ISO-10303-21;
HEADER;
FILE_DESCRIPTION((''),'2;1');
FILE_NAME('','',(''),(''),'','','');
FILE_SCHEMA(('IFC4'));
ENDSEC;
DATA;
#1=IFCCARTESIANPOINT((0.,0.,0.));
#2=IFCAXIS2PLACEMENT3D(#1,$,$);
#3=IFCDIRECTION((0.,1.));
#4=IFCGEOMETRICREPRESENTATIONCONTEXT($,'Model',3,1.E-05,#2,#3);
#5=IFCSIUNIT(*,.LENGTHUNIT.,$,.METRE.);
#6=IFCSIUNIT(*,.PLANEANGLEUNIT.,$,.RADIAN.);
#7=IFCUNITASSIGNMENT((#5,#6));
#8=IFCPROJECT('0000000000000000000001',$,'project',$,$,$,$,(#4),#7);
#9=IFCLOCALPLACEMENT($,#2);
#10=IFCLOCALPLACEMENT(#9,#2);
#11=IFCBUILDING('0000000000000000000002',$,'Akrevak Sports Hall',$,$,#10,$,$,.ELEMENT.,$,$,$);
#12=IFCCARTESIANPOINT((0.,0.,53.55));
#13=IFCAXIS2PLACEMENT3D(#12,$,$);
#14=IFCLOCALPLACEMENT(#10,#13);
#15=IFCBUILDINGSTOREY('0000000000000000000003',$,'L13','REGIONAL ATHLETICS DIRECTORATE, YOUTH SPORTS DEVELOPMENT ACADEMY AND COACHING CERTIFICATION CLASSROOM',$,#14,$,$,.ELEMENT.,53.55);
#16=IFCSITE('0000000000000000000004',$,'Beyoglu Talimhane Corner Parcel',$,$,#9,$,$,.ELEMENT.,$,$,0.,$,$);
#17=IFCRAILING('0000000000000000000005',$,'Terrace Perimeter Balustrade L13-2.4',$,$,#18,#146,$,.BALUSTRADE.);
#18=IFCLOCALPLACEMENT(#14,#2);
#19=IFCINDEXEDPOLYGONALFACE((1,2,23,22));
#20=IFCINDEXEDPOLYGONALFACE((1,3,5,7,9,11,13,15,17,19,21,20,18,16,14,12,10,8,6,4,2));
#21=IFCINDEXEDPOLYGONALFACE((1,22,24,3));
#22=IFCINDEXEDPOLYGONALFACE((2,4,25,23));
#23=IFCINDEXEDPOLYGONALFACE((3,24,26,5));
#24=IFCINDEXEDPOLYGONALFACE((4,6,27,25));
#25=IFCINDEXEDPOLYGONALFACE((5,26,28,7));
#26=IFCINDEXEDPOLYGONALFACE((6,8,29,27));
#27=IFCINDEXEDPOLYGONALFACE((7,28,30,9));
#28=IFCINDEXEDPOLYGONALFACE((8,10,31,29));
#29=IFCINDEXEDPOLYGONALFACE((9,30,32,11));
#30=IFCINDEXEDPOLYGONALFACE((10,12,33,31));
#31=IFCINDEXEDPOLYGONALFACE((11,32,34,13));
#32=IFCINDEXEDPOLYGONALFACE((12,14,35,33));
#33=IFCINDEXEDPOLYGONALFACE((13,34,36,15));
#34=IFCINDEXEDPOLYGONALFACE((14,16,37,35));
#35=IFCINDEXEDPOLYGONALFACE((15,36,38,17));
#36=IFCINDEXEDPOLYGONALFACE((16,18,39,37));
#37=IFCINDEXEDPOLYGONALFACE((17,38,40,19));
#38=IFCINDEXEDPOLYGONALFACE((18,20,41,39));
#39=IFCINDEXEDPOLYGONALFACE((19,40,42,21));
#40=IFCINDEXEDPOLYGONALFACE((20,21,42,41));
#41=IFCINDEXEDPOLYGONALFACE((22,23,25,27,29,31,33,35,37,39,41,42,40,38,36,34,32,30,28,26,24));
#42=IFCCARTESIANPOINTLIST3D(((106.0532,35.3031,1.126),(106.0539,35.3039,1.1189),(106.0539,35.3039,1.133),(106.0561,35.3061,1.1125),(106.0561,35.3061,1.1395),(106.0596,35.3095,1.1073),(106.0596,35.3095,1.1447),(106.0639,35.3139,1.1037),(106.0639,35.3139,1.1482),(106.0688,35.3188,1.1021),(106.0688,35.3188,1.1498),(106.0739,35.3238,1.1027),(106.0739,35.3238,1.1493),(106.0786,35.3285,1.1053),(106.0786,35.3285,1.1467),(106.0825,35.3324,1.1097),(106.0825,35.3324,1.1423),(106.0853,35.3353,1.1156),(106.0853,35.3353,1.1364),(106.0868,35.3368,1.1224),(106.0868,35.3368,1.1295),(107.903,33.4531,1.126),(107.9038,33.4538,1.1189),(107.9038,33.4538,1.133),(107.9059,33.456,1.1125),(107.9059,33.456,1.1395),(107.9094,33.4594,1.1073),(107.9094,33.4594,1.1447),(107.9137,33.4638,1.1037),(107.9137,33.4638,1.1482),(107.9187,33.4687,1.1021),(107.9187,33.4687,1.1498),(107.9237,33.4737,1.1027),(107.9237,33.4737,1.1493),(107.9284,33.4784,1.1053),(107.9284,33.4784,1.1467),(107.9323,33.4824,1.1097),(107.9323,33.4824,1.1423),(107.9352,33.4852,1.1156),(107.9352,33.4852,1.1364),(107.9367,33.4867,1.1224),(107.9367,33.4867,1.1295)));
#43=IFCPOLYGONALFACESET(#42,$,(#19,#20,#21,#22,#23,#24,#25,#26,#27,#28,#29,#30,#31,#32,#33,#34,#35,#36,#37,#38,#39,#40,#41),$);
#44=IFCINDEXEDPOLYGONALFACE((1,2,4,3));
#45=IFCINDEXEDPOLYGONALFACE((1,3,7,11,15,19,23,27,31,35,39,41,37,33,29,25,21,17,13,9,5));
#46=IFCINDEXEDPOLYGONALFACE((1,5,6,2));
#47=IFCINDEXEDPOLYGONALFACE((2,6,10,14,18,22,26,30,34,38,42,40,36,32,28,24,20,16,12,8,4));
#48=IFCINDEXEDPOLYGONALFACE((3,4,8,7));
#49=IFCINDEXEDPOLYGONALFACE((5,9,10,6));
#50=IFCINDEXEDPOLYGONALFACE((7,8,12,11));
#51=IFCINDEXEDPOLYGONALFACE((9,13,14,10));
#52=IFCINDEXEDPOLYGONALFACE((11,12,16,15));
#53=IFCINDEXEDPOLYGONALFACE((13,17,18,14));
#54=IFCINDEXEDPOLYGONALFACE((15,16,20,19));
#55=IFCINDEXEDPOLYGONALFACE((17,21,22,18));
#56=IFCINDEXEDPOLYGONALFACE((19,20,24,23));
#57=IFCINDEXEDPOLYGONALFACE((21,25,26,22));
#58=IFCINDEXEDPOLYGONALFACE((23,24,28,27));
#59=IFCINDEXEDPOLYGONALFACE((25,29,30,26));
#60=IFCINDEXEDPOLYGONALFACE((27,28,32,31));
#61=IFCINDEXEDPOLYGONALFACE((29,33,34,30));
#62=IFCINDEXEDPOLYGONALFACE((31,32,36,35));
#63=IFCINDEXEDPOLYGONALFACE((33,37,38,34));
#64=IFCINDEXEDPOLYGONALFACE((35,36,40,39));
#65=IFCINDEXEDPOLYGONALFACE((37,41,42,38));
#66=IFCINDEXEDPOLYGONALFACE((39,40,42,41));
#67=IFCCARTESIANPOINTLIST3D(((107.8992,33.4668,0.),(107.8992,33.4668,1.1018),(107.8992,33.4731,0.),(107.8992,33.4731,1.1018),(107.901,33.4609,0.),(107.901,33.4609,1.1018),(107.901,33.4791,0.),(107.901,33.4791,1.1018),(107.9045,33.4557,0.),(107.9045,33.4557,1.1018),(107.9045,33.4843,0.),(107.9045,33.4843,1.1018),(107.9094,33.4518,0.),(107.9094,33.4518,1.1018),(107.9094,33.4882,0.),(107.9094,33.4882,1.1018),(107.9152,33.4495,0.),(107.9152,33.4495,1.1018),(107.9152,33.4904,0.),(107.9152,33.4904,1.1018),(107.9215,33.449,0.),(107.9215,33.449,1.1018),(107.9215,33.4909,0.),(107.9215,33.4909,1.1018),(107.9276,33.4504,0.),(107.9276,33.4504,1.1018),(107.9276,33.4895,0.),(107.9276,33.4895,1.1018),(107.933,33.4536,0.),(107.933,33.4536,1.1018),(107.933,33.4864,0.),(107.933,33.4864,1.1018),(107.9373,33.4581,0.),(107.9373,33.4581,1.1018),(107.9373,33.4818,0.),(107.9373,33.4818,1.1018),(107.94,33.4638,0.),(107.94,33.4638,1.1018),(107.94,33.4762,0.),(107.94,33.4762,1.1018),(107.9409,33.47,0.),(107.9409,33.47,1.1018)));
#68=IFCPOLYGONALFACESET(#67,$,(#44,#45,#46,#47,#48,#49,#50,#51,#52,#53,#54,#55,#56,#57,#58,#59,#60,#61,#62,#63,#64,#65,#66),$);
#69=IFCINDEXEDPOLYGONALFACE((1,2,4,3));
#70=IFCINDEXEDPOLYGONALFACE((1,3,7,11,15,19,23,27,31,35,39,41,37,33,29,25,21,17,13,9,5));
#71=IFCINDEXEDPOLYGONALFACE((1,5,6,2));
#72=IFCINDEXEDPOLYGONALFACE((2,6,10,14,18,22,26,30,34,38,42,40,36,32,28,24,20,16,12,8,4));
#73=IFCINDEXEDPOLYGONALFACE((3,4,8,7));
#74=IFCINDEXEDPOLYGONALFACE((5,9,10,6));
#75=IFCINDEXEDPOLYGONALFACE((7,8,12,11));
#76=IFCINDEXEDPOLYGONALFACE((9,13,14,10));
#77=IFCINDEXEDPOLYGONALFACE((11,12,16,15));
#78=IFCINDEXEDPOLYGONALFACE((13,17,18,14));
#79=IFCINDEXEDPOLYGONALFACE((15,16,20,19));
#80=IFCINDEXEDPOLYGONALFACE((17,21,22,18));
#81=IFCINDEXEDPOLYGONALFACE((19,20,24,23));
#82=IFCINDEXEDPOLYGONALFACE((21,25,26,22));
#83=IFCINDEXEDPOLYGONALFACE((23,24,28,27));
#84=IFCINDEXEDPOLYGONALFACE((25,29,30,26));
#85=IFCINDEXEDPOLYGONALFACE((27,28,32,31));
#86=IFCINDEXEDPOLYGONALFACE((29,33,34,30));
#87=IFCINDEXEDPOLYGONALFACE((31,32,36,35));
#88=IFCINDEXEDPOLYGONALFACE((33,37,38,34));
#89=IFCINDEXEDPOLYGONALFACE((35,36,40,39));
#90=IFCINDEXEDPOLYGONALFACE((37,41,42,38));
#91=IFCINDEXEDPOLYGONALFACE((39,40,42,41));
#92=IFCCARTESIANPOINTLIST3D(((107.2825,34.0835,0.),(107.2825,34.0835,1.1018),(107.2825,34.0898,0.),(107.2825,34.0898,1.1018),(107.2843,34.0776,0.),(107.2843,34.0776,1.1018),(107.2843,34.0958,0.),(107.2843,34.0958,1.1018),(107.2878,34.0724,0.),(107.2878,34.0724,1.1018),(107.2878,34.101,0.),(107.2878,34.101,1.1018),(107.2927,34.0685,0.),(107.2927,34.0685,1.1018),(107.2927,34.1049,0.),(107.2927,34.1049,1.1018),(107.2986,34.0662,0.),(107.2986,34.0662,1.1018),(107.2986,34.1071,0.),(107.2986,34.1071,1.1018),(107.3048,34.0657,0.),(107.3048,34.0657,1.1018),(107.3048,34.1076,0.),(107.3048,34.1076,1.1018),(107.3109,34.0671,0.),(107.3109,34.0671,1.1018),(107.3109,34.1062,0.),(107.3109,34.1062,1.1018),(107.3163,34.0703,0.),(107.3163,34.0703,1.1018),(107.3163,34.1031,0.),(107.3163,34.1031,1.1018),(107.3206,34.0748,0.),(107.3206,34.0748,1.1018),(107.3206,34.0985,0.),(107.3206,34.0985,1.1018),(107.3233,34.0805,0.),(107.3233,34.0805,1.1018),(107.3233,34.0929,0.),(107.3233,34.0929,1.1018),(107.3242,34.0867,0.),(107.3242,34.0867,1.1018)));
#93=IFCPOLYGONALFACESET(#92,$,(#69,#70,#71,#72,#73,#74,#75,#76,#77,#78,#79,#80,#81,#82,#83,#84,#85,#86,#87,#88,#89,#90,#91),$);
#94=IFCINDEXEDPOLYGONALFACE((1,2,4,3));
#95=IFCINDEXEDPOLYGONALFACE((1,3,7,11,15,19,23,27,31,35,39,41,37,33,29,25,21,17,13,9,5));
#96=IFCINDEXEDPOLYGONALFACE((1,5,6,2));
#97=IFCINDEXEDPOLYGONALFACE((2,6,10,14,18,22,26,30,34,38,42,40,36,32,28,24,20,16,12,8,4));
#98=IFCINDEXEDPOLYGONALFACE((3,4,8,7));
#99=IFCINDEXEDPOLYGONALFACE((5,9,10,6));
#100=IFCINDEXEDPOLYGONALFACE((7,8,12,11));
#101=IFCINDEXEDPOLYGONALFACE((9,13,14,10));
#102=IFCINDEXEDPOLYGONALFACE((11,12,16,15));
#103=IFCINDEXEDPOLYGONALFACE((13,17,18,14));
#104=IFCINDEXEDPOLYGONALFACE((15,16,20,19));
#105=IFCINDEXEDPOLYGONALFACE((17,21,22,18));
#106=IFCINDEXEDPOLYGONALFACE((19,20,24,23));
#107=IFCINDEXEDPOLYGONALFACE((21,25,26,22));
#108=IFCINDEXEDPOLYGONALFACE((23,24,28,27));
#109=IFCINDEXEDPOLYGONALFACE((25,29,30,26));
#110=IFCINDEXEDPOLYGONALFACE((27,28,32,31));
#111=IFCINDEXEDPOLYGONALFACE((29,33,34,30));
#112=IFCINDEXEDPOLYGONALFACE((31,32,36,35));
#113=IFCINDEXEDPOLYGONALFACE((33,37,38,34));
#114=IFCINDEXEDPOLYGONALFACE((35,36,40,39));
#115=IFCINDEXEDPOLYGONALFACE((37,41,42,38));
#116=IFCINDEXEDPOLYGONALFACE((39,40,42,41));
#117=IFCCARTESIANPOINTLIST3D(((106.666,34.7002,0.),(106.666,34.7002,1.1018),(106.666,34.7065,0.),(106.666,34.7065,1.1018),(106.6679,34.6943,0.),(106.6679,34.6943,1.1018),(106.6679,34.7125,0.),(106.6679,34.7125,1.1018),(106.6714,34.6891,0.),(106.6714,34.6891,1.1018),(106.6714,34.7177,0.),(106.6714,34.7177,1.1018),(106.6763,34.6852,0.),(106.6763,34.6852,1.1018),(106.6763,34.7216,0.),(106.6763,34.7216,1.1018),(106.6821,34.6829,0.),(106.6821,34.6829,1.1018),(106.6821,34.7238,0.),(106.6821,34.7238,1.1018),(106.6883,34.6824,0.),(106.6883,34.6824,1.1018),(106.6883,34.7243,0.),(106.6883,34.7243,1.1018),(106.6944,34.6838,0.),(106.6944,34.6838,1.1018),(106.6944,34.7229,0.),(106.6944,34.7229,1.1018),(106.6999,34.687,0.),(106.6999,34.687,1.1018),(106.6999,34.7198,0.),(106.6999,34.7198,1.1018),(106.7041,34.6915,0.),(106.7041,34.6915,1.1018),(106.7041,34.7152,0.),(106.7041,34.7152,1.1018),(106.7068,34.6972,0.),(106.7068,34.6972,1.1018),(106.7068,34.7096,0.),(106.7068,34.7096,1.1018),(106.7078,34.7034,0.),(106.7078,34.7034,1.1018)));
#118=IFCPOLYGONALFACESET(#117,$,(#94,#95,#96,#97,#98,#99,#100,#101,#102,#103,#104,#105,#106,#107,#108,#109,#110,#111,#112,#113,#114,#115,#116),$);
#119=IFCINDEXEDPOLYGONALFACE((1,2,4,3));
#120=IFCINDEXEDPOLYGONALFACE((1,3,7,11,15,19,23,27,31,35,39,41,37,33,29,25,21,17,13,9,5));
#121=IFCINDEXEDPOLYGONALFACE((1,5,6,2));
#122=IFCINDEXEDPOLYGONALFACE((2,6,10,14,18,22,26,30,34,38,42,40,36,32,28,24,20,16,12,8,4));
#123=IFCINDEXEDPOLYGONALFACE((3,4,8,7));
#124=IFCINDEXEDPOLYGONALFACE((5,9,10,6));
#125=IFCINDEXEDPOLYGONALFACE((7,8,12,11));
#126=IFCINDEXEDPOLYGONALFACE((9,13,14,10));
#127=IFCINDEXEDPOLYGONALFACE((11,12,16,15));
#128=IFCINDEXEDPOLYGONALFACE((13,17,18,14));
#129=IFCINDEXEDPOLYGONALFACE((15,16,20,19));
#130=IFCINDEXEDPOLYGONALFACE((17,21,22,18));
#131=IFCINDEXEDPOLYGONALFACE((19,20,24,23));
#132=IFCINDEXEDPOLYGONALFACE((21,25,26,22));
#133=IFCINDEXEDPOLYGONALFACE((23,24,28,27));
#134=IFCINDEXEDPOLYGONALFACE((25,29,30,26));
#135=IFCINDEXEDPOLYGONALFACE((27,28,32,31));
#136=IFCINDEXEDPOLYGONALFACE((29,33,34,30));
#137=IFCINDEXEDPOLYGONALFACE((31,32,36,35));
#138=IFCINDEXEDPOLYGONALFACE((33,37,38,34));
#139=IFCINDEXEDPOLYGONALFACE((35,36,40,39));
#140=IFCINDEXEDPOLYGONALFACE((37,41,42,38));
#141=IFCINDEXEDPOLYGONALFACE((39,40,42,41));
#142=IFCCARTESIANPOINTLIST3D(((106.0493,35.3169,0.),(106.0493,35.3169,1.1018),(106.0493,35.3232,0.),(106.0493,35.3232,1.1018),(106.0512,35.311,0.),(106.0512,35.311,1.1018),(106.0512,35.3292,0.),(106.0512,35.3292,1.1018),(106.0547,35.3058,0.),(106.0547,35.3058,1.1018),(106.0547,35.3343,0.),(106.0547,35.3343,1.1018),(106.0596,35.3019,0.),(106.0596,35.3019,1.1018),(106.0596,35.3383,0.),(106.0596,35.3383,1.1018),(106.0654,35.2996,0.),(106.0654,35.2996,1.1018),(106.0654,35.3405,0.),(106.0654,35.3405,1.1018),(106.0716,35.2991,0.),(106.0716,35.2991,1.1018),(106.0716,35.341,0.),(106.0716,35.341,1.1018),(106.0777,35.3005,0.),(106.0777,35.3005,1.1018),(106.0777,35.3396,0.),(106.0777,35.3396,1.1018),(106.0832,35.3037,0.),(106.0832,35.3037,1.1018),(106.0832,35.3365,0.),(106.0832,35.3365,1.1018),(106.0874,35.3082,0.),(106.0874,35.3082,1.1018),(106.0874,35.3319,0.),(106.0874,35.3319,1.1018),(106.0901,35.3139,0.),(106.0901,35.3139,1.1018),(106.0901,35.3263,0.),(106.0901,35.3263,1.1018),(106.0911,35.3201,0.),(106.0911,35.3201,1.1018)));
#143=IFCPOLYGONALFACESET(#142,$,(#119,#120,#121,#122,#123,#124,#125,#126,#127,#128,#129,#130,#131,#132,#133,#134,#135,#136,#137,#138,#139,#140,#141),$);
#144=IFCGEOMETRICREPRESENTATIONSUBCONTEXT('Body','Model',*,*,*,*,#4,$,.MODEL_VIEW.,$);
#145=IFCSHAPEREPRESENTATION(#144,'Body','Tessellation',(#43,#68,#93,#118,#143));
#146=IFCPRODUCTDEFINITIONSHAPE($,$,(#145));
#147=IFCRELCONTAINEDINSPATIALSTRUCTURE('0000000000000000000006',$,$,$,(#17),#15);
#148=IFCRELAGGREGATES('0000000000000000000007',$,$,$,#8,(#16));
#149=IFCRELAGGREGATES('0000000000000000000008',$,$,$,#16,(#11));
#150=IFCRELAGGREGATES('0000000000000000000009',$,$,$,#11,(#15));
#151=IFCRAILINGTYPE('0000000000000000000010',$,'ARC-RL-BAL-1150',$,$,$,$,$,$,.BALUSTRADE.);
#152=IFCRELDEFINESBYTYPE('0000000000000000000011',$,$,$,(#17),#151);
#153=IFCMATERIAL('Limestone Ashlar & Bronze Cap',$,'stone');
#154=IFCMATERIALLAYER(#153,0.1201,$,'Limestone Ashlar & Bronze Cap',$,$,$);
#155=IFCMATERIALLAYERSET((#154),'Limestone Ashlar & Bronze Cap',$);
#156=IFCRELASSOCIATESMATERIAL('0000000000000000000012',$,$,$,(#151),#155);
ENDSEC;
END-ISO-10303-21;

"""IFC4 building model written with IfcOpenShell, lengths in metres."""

from ifc_helpers import new_model, si_unit, direction, frame, origin, origin_2d, place, context, subcontext, project, spatial, circle, extrude, material, layer, layer_set, type_object, element, save


model = new_model("IFC4")

# Units and contexts
model_context = context("Model", 3, precision=1e-05, world=origin(), true_north=direction((0.0, 1.0)))
body_context = subcontext(model_context, "Body", "Model", "MODEL_VIEW")
ifc_project = project(units=[si_unit("LENGTHUNIT", "METRE"), si_unit("PLANEANGLEUNIT", "RADIAN")], contexts=[model_context])

# Site, building, storey
site_placement = place(None, origin())
site = spatial("IfcSite", under=ifc_project, at=site_placement, Name="Beyoglu Talimhane Corner Parcel", CompositionType="ELEMENT", RefElevation=0.0)
building_placement = place(site_placement, origin())
building = spatial("IfcBuilding", under=site, at=building_placement, Name="Akrevak Sports Hall", CompositionType="ELEMENT")
storey_placement = place(building_placement, frame((0.0, 0.0, 53.55)))
storey = spatial("IfcBuildingStorey", under=building, at=storey_placement, Name="L13", Description="REGIONAL ATHLETICS DIRECTORATE, YOUTH SPORTS DEVELOPMENT ACADEMY AND COACHING CERTIFICATION CLASSROOM", CompositionType="ELEMENT", Elevation=53.55)

# Railing
ifc_material_1 = material(Name="Limestone Ashlar & Bronze Cap", Category="stone")
ifc_layer_1 = layer(ifc_material_1, 0.1201, Name="Limestone Ashlar & Bronze Cap")
ifc_layer_set_1 = layer_set([ifc_layer_1], Name="Limestone Ashlar & Bronze Cap")
railing_type = type_object("IfcRailingType", Name="ARC-RL-BAL-1150", PredefinedType="BALUSTRADE", material=ifc_layer_set_1)
railing_1_placement = place(storey_placement, frame((107.9199, 33.47, 0.0)))
element("IfcRailing", 1, at=railing_1_placement, inside=storey, type_object=railing_type, Name="Terrace Perimeter Balustrade L13-2.4", PredefinedType="BALUSTRADE", context=body_context, shape_type="SweptSolid", body=[
    extrude(circle(Radius=0.0239, at=origin_2d()), frame((0.0, 0.0, 1.126), z_axis=(-0.70706, 0.707153, 0.0), x_axis=(-0.707153, -0.70706, 0.0)), (0.0, 0.0, 1.0), 2.6162),
    extrude(circle(Radius=0.021, at=origin_2d()), origin(), (0.0, 0.0, 1.0), 1.1018),
    extrude(circle(Radius=0.021, at=origin_2d()), frame((-0.6167, 0.6167, 0.0)), (0.0, 0.0, 1.0), 1.1018),
    extrude(circle(Radius=0.021, at=origin_2d()), frame((-1.2332, 1.2334, 0.0)), (0.0, 0.0, 1.0), 1.1018),
    extrude(circle(Radius=0.021, at=origin_2d()), frame((-1.8499, 1.8501, 0.0)), (0.0, 0.0, 1.0), 1.1018),
])

save(model, "model.ifc")
